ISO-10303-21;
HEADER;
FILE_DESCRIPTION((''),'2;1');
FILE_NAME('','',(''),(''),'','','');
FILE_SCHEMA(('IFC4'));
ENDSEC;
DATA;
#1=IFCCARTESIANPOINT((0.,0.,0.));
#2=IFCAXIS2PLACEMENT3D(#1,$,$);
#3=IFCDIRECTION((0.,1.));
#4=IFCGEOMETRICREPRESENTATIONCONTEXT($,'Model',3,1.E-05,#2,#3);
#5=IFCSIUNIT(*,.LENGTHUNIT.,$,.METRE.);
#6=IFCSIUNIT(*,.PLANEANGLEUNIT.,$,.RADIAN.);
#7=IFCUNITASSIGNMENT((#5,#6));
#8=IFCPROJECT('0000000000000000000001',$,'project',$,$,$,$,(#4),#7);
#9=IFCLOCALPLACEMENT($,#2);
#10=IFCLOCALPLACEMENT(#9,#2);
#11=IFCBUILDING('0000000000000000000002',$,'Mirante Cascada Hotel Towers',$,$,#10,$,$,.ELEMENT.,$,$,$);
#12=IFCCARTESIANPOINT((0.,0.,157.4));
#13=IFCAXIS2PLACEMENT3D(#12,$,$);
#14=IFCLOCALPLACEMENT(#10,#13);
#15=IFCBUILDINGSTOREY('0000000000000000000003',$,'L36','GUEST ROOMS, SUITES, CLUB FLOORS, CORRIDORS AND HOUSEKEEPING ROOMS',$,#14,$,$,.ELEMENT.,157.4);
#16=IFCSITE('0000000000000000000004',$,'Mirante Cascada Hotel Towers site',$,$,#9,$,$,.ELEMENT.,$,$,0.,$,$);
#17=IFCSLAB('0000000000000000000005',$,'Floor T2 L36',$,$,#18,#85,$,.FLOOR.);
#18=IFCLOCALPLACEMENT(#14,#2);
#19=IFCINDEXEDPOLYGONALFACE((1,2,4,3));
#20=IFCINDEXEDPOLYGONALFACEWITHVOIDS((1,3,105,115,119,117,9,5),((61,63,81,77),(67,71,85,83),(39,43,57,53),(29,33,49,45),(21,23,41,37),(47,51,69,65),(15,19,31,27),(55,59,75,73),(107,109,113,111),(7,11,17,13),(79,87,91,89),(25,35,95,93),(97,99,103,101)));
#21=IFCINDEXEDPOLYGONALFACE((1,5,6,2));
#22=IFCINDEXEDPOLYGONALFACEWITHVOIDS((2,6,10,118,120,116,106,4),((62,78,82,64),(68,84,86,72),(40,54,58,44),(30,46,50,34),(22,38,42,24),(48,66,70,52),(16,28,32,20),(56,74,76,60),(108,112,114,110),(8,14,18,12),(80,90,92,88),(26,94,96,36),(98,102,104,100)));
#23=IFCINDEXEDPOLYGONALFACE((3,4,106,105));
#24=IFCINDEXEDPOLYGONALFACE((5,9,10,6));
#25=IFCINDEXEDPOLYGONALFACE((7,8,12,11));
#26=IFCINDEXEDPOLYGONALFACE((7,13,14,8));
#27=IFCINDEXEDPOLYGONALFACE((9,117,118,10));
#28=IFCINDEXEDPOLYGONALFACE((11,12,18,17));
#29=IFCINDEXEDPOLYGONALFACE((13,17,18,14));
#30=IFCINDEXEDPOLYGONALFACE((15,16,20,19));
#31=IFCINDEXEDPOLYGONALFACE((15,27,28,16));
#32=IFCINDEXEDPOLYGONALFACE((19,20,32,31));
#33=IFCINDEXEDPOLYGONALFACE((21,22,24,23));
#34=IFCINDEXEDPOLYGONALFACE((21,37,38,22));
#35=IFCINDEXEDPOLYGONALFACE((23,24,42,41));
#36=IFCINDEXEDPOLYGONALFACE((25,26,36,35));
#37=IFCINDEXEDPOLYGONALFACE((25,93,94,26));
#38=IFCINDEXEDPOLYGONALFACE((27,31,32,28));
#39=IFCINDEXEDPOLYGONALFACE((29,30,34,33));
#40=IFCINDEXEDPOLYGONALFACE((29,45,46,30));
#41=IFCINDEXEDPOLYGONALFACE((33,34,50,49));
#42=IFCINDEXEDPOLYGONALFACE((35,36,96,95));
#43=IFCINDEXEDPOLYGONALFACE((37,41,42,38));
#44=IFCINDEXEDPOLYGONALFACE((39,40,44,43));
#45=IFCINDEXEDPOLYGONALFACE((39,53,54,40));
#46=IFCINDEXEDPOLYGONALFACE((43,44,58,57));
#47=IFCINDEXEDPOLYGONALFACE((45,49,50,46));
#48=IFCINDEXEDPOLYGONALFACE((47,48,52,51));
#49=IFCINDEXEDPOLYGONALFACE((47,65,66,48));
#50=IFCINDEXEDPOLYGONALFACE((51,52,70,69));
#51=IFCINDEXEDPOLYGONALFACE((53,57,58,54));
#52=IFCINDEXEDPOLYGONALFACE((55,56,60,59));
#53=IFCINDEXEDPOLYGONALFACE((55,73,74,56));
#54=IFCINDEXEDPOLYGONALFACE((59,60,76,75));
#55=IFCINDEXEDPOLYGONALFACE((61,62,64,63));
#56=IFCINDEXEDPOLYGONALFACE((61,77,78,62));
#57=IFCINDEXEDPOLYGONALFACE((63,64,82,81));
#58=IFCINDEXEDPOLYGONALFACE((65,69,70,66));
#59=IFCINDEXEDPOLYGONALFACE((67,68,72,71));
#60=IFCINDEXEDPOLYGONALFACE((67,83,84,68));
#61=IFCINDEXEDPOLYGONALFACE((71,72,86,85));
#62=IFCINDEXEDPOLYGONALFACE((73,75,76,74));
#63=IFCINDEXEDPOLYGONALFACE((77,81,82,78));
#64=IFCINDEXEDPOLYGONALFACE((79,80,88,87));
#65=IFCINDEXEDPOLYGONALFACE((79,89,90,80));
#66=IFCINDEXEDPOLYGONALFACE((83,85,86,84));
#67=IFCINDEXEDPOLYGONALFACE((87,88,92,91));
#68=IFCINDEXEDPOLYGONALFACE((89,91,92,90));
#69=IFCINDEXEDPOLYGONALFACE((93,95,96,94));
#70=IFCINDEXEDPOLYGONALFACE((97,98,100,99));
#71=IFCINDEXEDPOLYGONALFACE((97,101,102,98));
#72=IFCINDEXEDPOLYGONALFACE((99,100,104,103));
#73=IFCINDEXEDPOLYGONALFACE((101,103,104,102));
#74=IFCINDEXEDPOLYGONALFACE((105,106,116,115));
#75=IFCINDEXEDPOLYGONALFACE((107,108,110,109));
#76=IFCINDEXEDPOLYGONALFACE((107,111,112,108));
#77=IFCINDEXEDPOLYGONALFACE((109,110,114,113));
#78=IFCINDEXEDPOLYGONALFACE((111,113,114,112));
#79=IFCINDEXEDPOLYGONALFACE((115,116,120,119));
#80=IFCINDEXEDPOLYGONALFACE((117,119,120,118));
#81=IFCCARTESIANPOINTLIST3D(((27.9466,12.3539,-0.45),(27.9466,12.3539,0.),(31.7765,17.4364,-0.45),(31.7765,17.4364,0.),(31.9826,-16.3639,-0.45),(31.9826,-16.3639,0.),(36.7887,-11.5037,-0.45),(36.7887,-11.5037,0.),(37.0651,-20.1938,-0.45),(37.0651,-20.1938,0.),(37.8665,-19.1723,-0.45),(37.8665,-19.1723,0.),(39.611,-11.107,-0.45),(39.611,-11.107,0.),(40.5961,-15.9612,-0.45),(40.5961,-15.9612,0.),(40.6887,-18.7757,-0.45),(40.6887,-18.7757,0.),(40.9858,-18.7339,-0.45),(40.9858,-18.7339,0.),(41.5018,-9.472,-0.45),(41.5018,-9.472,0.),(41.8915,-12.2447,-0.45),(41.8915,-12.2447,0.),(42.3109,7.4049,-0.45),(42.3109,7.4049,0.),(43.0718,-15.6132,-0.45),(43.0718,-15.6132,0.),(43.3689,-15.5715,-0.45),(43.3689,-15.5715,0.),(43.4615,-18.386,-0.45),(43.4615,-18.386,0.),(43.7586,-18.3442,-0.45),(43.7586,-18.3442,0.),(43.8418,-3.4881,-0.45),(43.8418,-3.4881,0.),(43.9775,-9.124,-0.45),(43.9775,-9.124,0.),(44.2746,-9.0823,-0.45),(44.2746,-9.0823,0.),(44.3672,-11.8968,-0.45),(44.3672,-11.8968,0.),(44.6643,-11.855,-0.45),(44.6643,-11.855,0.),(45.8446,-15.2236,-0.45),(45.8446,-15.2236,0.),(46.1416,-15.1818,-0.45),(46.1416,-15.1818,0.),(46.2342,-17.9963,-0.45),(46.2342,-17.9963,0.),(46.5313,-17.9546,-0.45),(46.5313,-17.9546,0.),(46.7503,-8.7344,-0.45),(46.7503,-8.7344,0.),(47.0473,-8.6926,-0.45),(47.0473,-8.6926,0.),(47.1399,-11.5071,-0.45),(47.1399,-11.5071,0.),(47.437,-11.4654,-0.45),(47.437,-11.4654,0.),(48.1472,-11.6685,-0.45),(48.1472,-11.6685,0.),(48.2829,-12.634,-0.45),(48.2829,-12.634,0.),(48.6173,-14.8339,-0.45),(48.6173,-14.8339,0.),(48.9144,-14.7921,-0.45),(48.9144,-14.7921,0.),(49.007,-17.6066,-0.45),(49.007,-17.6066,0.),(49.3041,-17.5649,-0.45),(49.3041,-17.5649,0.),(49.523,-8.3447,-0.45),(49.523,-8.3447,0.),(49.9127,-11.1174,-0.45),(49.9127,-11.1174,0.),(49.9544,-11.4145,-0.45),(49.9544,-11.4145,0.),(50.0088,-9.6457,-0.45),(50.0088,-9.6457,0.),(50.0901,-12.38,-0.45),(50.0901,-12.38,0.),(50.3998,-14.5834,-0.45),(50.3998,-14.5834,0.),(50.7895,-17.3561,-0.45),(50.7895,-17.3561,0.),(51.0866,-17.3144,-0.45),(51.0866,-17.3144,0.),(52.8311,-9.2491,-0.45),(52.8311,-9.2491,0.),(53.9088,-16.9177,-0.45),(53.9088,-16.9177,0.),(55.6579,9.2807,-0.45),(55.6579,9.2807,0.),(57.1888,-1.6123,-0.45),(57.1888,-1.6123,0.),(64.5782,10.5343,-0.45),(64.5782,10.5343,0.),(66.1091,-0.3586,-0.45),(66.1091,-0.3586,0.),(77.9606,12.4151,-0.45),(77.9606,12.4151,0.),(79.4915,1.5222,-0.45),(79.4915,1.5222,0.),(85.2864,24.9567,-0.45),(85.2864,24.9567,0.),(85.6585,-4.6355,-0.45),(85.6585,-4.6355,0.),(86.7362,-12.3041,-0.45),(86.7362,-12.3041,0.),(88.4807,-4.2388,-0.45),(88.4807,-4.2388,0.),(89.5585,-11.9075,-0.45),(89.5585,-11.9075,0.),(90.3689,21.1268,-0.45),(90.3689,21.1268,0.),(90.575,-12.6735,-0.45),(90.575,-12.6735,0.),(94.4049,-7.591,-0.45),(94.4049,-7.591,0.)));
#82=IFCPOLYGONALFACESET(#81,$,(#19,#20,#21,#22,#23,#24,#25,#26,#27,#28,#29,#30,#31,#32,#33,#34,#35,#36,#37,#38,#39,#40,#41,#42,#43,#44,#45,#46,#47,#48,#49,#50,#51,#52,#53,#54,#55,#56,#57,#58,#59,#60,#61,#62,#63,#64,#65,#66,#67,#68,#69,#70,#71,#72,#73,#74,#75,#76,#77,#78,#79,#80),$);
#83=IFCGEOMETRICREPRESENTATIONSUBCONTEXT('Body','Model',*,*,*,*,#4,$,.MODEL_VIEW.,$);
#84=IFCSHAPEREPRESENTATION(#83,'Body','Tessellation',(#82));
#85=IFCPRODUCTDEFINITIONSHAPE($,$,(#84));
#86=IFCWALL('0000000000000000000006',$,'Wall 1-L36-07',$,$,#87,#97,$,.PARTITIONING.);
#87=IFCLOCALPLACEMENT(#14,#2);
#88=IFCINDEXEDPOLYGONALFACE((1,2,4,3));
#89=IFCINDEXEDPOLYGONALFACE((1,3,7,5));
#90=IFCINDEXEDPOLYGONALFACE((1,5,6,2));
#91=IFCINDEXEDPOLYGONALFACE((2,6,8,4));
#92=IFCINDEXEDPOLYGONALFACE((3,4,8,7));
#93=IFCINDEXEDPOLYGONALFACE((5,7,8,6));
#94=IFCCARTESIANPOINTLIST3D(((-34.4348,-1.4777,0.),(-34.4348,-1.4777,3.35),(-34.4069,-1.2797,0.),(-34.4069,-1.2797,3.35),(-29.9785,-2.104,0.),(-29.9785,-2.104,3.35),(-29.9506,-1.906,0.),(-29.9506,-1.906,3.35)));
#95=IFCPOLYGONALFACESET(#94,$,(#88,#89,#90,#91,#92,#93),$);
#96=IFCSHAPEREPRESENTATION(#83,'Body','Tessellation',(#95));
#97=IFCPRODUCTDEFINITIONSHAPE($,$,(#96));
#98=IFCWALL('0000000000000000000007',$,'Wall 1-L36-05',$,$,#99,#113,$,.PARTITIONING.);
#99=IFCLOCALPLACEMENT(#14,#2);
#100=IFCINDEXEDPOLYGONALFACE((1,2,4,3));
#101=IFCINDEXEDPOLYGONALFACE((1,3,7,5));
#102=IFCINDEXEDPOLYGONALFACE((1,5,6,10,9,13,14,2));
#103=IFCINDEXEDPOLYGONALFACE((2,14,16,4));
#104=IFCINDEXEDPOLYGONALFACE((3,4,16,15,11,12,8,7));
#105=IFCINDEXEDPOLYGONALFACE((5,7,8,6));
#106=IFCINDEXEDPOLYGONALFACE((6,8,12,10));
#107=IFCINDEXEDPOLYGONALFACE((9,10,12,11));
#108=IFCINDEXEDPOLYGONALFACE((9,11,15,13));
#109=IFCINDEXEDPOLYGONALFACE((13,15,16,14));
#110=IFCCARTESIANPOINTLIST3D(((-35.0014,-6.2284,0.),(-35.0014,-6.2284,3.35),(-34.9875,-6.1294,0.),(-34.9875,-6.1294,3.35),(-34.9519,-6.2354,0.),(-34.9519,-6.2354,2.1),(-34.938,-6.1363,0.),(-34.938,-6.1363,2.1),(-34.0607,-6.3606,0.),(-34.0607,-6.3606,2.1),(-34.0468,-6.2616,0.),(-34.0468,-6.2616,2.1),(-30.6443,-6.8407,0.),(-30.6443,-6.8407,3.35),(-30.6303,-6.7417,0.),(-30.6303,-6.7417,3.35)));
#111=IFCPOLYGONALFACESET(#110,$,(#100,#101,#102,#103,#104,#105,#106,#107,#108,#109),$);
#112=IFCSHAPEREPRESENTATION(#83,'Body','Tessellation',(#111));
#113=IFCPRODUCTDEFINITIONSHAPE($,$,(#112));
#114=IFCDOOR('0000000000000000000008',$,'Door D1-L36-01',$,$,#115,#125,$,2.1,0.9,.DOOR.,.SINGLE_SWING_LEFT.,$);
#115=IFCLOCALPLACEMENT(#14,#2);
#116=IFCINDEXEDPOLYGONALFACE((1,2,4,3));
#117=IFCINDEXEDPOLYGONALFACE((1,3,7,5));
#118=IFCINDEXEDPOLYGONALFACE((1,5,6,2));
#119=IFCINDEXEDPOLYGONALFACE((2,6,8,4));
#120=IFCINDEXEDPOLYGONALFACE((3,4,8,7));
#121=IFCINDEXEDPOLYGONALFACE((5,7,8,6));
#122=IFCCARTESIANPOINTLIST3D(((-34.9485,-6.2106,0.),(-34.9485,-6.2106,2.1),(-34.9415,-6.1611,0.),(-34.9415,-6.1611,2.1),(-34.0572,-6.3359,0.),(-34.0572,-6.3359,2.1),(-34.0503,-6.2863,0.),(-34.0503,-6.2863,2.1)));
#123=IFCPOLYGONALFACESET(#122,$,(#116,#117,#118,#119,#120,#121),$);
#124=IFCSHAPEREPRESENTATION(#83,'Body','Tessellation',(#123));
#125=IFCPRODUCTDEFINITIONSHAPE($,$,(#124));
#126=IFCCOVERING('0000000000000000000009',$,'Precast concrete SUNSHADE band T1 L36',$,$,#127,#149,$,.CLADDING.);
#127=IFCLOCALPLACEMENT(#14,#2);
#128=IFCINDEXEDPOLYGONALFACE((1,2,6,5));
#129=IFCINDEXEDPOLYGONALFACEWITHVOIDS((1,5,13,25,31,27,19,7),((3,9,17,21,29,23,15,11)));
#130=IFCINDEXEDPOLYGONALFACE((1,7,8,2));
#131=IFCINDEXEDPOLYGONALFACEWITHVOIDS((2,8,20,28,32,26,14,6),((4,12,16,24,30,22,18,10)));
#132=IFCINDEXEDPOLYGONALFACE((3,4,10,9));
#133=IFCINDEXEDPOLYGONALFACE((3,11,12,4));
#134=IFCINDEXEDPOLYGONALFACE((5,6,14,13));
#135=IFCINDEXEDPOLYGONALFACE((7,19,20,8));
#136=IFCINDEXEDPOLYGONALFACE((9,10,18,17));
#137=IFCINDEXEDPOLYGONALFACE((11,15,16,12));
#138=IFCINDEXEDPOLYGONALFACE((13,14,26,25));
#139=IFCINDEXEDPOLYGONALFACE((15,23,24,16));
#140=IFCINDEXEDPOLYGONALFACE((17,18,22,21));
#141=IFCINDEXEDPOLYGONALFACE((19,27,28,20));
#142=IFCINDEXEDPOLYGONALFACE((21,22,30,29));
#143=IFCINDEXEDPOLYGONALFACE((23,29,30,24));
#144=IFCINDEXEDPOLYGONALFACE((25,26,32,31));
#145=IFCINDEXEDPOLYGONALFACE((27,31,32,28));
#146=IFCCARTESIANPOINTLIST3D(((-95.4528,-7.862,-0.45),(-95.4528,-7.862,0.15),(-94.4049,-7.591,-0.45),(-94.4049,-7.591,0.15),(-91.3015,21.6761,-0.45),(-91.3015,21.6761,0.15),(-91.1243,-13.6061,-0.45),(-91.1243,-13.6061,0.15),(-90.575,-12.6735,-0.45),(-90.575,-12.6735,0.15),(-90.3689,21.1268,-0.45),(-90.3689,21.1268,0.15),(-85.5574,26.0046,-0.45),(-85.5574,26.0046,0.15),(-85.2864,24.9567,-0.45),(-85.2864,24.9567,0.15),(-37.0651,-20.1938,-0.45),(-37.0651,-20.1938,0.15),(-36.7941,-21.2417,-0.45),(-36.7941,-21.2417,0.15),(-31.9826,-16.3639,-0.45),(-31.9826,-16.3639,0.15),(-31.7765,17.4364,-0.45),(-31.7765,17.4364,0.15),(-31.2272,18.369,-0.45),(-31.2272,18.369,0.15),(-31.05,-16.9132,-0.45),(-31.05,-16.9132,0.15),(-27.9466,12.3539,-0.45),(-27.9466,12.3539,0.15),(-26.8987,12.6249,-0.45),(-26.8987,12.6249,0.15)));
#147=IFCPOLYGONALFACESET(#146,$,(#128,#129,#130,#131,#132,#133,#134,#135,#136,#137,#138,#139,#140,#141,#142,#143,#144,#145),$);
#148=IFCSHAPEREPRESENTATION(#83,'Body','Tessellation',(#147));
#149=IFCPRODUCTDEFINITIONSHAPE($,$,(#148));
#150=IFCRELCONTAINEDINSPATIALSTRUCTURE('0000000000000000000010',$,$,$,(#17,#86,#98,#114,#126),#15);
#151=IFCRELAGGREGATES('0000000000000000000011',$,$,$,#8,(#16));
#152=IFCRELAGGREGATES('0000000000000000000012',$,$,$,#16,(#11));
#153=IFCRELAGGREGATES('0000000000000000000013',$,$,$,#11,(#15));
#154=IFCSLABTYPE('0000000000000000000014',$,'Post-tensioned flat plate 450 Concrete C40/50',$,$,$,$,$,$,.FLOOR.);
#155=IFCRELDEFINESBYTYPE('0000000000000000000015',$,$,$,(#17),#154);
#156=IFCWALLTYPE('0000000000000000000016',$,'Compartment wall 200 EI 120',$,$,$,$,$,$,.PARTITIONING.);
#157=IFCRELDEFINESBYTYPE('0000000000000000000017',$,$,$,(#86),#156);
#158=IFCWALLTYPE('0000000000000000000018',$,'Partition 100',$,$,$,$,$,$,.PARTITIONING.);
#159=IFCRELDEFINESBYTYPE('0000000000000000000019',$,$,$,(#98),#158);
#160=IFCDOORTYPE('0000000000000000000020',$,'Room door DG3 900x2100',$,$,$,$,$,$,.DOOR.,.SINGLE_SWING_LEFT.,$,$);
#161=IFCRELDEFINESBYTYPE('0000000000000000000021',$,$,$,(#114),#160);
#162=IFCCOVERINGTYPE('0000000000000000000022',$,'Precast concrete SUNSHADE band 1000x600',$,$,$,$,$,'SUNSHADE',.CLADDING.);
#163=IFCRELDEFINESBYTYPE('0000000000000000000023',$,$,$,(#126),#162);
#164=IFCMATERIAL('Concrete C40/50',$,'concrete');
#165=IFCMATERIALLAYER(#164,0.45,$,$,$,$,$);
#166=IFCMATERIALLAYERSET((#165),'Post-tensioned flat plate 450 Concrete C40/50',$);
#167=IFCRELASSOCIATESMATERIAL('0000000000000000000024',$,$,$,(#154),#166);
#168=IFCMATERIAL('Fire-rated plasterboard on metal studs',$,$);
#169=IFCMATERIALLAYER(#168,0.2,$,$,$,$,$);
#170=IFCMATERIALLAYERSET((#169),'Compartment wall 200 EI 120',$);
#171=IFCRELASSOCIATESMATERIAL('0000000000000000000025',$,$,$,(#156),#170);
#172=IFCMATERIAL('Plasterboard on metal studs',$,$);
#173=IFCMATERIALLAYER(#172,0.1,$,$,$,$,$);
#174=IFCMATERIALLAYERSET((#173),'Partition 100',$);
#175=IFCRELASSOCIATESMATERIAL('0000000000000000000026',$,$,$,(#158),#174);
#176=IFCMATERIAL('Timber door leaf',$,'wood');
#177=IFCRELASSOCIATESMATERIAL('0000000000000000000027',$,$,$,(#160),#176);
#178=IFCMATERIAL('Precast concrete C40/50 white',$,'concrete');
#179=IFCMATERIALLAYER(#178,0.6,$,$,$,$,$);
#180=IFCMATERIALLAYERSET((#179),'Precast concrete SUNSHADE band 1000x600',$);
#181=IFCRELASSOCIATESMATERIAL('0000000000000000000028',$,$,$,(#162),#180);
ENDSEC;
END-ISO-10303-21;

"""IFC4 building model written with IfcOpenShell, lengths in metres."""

from ifc_helpers import new_model, si_unit, direction, frame, frame_2d, origin, place, context, subcontext, project, spatial, polyline, rectangle, outline, extrude, material, layer, layer_set, type_object, element, fill, save


model = new_model("IFC4")

# Units and contexts
model_context = context("Model", 3, precision=1e-05, world=origin(), true_north=direction((0.0, 1.0)))
body_context = subcontext(model_context, "Body", "Model", "MODEL_VIEW")
ifc_project = project(units=[si_unit("LENGTHUNIT", "METRE"), si_unit("PLANEANGLEUNIT", "RADIAN")], contexts=[model_context])

# Site, building, storey
site_placement = place(None, origin())
site = spatial("IfcSite", under=ifc_project, at=site_placement, Name="Mirante Cascada Hotel Towers site", CompositionType="ELEMENT", RefElevation=0.0)
building_placement = place(site_placement, origin())
building = spatial("IfcBuilding", under=site, at=building_placement, Name="Mirante Cascada Hotel Towers", CompositionType="ELEMENT")
storey_placement = place(building_placement, frame((0.0, 0.0, 157.4)))
storey = spatial("IfcBuildingStorey", under=building, at=storey_placement, Name="L36", Description="GUEST ROOMS, SUITES, CLUB FLOORS, CORRIDORS AND HOUSEKEEPING ROOMS", CompositionType="ELEMENT", Elevation=157.4)

# Slab
ifc_material_1 = material(Name="Concrete C40/50", Category="concrete")
ifc_layer_1 = layer(ifc_material_1, 0.45)
ifc_layer_set_1 = layer_set([ifc_layer_1], Name="Post-tensioned flat plate 450 Concrete C40/50")
slab_type = type_object("IfcSlabType", Name="Post-tensioned flat plate 450 Concrete C40/50", PredefinedType="FLOOR", material=ifc_layer_set_1)
slab_1_placement = place(storey_placement, frame((0.0, 0.0, -0.45)))
element("IfcSlab", 1, at=slab_1_placement, inside=storey, type_object=slab_type, Name="Floor T2 L36", PredefinedType="FLOOR", context=body_context, shape_type="SweptSolid", body=[
    extrude(outline(polyline([(31.9826, -16.3639), (27.9466, 12.3539), (31.7765, 17.4364), (85.2864, 24.9567), (90.3689, 21.1268), (94.4049, -7.591), (90.575, -12.6735), (37.0651, -20.1938), (31.9826, -16.3639)]), holes=[polyline([(40.5961, -15.9612), (40.9858, -18.7339), (43.4615, -18.386), (43.0718, -15.6132), (40.5961, -15.9612)]), polyline([(45.8446, -15.2236), (43.3689, -15.5715), (43.7586, -18.3442), (46.2342, -17.9963), (45.8446, -15.2236)]), polyline([(48.6173, -14.8339), (46.1416, -15.1818), (46.5313, -17.9546), (49.007, -17.6066), (48.6173, -14.8339)]), polyline([(40.6887, -18.7757), (39.611, -11.107), (36.7887, -11.5037), (37.8665, -19.1723), (40.6887, -18.7757)]), polyline([(43.9775, -9.124), (41.5018, -9.472), (41.8915, -12.2447), (44.3672, -11.8968), (43.9775, -9.124)]), polyline([(46.7503, -8.7344), (44.2746, -9.0823), (44.6643, -11.855), (47.1399, -11.5071), (46.7503, -8.7344)]), polyline([(48.9144, -14.7921), (49.3041, -17.5649), (50.7895, -17.3561), (50.3998, -14.5834), (48.9144, -14.7921)]), polyline([(51.0866, -17.3144), (53.9088, -16.9177), (52.8311, -9.2491), (50.0088, -9.6457), (51.0866, -17.3144)]), polyline([(86.7362, -12.3041), (89.5585, -11.9075), (88.4807, -4.2388), (85.6585, -4.6355), (86.7362, -12.3041)]), polyline([(48.1472, -11.6685), (48.2829, -12.634), (50.0901, -12.38), (49.9544, -11.4145), (48.1472, -11.6685)]), polyline([(49.523, -8.3447), (47.0473, -8.6926), (47.437, -11.4654), (49.9127, -11.1174), (49.523, -8.3447)]), polyline([(77.9606, 12.4151), (79.4915, 1.5222), (66.1091, -0.3586), (66.1091, -0.3586), (64.5782, 10.5343), (64.5782, 10.5343), (77.9606, 12.4151)]), polyline([(43.8418, -3.4881), (42.3109, 7.4049), (55.6579, 9.2807), (57.1888, -1.6123), (57.1888, -1.6123), (43.8418, -3.4881)])]), origin(), (0.0, 0.0, 1.0), 0.45),
])

# Wall
ifc_material_2 = material(Name="Fire-rated plasterboard on metal studs")
ifc_layer_2 = layer(ifc_material_2, 0.2)
ifc_layer_set_2 = layer_set([ifc_layer_2], Name="Compartment wall 200 EI 120")
wall_type_1 = type_object("IfcWallType", Name="Compartment wall 200 EI 120", PredefinedType="PARTITIONING", material=ifc_layer_set_2)
wall_1_placement = place(storey_placement, frame((-29.9646, -2.005, 0.0), z_axis=(0.0, 0.0, 1.0), x_axis=(-0.990268, 0.139175, 0.0)))
element("IfcWall", 2, at=wall_1_placement, inside=storey, type_object=wall_type_1, Name="Wall 1-L36-07", PredefinedType="PARTITIONING", context=body_context, shape_type="SweptSolid", body=[
    extrude(rectangle(XDim=4.5001, YDim=0.2, at=frame_2d((2.25, 0.0))), origin(), (0.0, 0.0, 1.0), 3.35),
])

# Wall, opening, door
ifc_material_3 = material(Name="Plasterboard on metal studs")
ifc_layer_3 = layer(ifc_material_3, 0.1)
ifc_layer_set_3 = layer_set([ifc_layer_3], Name="Partition 100")
wall_type_2 = type_object("IfcWallType", Name="Partition 100", PredefinedType="PARTITIONING", material=ifc_layer_set_3)
wall_2_placement = place(storey_placement, frame((-30.6373, -6.7912, 0.0), z_axis=(0.0, 0.0, 1.0), x_axis=(-0.99027, 0.139159, 0.0)))
wall_2 = element("IfcWall", 3, at=wall_2_placement, inside=storey, type_object=wall_type_2, Name="Wall 1-L36-05", PredefinedType="PARTITIONING", context=body_context, shape_type="SweptSolid", body=[
    extrude(rectangle(XDim=4.4, YDim=0.1, at=frame_2d((2.2, 0.0))), origin(), (0.0, 0.0, 1.0), 3.35),
])
opening_placement = place(wall_2_placement, frame((3.45, 0.0, 0.0)))
opening = element("IfcOpeningElement", 4, at=opening_placement, cuts=wall_2, PredefinedType="OPENING", context=body_context, shape_type="SweptSolid", body=[
    extrude(rectangle(XDim=0.9, YDim=2.1, at=frame_2d((0.45, 1.05))), frame((0.0, 0.05, 0.0), z_axis=(0.0, -1.0, 0.0), x_axis=(1.0, 0.0, 0.0)), (0.0, 0.0, 1.0), 0.1),
])
ifc_material_4 = material(Name="Timber door leaf", Category="wood")
door_type = type_object("IfcDoorType", Name="Room door DG3 900x2100", OperationType="SINGLE_SWING_LEFT", PredefinedType="DOOR", material=ifc_material_4)
door_placement = place(opening_placement, origin())
door = element("IfcDoor", 5, at=door_placement, inside=storey, type_object=door_type, Name="Door D1-L36-01", OperationType="SINGLE_SWING_LEFT", OverallHeight=2.1, OverallWidth=0.9, PredefinedType="DOOR", context=body_context, shape_type="SweptSolid", body=[
    extrude(rectangle(XDim=0.9, YDim=2.1, at=frame_2d((0.45, 1.05))), frame((0.0, 0.025, 0.0), z_axis=(0.0, -1.0, 0.0), x_axis=(1.0, 0.0, 0.0)), (0.0, 0.0, 1.0), 0.05),
])
fill(opening, door)

# Covering
ifc_material_5 = material(Name="Precast concrete C40/50 white", Category="concrete")
ifc_layer_4 = layer(ifc_material_5, 0.6)
ifc_layer_set_4 = layer_set([ifc_layer_4], Name="Precast concrete SUNSHADE band 1000x600")
covering_type = type_object("IfcCoveringType", Name="Precast concrete SUNSHADE band 1000x600", ElementType="SUNSHADE", PredefinedType="CLADDING", material=ifc_layer_set_4)
covering_placement = place(storey_placement, frame((0.0, 0.0, -0.45)))
element("IfcCovering", 6, at=covering_placement, inside=storey, type_object=covering_type, Name="Precast concrete SUNSHADE band T1 L36", PredefinedType="CLADDING", context=body_context, shape_type="SweptSolid", body=[
    extrude(outline(polyline([(-95.4528, -7.862), (-91.3015, 21.6761), (-85.5574, 26.0046), (-31.2272, 18.369), (-26.8987, 12.6249), (-31.05, -16.9132), (-36.7941, -21.2417), (-91.1243, -13.6061), (-95.4528, -7.862)]), holes=[polyline([(-27.9466, 12.3539), (-31.7765, 17.4364), (-85.2864, 24.9567), (-90.3689, 21.1268), (-94.4049, -7.591), (-90.575, -12.6735), (-37.0651, -20.1938), (-31.9826, -16.3639), (-27.9466, 12.3539)])]), origin(), (0.0, 0.0, 1.0), 0.6),
])

save(model, "model.ifc")
